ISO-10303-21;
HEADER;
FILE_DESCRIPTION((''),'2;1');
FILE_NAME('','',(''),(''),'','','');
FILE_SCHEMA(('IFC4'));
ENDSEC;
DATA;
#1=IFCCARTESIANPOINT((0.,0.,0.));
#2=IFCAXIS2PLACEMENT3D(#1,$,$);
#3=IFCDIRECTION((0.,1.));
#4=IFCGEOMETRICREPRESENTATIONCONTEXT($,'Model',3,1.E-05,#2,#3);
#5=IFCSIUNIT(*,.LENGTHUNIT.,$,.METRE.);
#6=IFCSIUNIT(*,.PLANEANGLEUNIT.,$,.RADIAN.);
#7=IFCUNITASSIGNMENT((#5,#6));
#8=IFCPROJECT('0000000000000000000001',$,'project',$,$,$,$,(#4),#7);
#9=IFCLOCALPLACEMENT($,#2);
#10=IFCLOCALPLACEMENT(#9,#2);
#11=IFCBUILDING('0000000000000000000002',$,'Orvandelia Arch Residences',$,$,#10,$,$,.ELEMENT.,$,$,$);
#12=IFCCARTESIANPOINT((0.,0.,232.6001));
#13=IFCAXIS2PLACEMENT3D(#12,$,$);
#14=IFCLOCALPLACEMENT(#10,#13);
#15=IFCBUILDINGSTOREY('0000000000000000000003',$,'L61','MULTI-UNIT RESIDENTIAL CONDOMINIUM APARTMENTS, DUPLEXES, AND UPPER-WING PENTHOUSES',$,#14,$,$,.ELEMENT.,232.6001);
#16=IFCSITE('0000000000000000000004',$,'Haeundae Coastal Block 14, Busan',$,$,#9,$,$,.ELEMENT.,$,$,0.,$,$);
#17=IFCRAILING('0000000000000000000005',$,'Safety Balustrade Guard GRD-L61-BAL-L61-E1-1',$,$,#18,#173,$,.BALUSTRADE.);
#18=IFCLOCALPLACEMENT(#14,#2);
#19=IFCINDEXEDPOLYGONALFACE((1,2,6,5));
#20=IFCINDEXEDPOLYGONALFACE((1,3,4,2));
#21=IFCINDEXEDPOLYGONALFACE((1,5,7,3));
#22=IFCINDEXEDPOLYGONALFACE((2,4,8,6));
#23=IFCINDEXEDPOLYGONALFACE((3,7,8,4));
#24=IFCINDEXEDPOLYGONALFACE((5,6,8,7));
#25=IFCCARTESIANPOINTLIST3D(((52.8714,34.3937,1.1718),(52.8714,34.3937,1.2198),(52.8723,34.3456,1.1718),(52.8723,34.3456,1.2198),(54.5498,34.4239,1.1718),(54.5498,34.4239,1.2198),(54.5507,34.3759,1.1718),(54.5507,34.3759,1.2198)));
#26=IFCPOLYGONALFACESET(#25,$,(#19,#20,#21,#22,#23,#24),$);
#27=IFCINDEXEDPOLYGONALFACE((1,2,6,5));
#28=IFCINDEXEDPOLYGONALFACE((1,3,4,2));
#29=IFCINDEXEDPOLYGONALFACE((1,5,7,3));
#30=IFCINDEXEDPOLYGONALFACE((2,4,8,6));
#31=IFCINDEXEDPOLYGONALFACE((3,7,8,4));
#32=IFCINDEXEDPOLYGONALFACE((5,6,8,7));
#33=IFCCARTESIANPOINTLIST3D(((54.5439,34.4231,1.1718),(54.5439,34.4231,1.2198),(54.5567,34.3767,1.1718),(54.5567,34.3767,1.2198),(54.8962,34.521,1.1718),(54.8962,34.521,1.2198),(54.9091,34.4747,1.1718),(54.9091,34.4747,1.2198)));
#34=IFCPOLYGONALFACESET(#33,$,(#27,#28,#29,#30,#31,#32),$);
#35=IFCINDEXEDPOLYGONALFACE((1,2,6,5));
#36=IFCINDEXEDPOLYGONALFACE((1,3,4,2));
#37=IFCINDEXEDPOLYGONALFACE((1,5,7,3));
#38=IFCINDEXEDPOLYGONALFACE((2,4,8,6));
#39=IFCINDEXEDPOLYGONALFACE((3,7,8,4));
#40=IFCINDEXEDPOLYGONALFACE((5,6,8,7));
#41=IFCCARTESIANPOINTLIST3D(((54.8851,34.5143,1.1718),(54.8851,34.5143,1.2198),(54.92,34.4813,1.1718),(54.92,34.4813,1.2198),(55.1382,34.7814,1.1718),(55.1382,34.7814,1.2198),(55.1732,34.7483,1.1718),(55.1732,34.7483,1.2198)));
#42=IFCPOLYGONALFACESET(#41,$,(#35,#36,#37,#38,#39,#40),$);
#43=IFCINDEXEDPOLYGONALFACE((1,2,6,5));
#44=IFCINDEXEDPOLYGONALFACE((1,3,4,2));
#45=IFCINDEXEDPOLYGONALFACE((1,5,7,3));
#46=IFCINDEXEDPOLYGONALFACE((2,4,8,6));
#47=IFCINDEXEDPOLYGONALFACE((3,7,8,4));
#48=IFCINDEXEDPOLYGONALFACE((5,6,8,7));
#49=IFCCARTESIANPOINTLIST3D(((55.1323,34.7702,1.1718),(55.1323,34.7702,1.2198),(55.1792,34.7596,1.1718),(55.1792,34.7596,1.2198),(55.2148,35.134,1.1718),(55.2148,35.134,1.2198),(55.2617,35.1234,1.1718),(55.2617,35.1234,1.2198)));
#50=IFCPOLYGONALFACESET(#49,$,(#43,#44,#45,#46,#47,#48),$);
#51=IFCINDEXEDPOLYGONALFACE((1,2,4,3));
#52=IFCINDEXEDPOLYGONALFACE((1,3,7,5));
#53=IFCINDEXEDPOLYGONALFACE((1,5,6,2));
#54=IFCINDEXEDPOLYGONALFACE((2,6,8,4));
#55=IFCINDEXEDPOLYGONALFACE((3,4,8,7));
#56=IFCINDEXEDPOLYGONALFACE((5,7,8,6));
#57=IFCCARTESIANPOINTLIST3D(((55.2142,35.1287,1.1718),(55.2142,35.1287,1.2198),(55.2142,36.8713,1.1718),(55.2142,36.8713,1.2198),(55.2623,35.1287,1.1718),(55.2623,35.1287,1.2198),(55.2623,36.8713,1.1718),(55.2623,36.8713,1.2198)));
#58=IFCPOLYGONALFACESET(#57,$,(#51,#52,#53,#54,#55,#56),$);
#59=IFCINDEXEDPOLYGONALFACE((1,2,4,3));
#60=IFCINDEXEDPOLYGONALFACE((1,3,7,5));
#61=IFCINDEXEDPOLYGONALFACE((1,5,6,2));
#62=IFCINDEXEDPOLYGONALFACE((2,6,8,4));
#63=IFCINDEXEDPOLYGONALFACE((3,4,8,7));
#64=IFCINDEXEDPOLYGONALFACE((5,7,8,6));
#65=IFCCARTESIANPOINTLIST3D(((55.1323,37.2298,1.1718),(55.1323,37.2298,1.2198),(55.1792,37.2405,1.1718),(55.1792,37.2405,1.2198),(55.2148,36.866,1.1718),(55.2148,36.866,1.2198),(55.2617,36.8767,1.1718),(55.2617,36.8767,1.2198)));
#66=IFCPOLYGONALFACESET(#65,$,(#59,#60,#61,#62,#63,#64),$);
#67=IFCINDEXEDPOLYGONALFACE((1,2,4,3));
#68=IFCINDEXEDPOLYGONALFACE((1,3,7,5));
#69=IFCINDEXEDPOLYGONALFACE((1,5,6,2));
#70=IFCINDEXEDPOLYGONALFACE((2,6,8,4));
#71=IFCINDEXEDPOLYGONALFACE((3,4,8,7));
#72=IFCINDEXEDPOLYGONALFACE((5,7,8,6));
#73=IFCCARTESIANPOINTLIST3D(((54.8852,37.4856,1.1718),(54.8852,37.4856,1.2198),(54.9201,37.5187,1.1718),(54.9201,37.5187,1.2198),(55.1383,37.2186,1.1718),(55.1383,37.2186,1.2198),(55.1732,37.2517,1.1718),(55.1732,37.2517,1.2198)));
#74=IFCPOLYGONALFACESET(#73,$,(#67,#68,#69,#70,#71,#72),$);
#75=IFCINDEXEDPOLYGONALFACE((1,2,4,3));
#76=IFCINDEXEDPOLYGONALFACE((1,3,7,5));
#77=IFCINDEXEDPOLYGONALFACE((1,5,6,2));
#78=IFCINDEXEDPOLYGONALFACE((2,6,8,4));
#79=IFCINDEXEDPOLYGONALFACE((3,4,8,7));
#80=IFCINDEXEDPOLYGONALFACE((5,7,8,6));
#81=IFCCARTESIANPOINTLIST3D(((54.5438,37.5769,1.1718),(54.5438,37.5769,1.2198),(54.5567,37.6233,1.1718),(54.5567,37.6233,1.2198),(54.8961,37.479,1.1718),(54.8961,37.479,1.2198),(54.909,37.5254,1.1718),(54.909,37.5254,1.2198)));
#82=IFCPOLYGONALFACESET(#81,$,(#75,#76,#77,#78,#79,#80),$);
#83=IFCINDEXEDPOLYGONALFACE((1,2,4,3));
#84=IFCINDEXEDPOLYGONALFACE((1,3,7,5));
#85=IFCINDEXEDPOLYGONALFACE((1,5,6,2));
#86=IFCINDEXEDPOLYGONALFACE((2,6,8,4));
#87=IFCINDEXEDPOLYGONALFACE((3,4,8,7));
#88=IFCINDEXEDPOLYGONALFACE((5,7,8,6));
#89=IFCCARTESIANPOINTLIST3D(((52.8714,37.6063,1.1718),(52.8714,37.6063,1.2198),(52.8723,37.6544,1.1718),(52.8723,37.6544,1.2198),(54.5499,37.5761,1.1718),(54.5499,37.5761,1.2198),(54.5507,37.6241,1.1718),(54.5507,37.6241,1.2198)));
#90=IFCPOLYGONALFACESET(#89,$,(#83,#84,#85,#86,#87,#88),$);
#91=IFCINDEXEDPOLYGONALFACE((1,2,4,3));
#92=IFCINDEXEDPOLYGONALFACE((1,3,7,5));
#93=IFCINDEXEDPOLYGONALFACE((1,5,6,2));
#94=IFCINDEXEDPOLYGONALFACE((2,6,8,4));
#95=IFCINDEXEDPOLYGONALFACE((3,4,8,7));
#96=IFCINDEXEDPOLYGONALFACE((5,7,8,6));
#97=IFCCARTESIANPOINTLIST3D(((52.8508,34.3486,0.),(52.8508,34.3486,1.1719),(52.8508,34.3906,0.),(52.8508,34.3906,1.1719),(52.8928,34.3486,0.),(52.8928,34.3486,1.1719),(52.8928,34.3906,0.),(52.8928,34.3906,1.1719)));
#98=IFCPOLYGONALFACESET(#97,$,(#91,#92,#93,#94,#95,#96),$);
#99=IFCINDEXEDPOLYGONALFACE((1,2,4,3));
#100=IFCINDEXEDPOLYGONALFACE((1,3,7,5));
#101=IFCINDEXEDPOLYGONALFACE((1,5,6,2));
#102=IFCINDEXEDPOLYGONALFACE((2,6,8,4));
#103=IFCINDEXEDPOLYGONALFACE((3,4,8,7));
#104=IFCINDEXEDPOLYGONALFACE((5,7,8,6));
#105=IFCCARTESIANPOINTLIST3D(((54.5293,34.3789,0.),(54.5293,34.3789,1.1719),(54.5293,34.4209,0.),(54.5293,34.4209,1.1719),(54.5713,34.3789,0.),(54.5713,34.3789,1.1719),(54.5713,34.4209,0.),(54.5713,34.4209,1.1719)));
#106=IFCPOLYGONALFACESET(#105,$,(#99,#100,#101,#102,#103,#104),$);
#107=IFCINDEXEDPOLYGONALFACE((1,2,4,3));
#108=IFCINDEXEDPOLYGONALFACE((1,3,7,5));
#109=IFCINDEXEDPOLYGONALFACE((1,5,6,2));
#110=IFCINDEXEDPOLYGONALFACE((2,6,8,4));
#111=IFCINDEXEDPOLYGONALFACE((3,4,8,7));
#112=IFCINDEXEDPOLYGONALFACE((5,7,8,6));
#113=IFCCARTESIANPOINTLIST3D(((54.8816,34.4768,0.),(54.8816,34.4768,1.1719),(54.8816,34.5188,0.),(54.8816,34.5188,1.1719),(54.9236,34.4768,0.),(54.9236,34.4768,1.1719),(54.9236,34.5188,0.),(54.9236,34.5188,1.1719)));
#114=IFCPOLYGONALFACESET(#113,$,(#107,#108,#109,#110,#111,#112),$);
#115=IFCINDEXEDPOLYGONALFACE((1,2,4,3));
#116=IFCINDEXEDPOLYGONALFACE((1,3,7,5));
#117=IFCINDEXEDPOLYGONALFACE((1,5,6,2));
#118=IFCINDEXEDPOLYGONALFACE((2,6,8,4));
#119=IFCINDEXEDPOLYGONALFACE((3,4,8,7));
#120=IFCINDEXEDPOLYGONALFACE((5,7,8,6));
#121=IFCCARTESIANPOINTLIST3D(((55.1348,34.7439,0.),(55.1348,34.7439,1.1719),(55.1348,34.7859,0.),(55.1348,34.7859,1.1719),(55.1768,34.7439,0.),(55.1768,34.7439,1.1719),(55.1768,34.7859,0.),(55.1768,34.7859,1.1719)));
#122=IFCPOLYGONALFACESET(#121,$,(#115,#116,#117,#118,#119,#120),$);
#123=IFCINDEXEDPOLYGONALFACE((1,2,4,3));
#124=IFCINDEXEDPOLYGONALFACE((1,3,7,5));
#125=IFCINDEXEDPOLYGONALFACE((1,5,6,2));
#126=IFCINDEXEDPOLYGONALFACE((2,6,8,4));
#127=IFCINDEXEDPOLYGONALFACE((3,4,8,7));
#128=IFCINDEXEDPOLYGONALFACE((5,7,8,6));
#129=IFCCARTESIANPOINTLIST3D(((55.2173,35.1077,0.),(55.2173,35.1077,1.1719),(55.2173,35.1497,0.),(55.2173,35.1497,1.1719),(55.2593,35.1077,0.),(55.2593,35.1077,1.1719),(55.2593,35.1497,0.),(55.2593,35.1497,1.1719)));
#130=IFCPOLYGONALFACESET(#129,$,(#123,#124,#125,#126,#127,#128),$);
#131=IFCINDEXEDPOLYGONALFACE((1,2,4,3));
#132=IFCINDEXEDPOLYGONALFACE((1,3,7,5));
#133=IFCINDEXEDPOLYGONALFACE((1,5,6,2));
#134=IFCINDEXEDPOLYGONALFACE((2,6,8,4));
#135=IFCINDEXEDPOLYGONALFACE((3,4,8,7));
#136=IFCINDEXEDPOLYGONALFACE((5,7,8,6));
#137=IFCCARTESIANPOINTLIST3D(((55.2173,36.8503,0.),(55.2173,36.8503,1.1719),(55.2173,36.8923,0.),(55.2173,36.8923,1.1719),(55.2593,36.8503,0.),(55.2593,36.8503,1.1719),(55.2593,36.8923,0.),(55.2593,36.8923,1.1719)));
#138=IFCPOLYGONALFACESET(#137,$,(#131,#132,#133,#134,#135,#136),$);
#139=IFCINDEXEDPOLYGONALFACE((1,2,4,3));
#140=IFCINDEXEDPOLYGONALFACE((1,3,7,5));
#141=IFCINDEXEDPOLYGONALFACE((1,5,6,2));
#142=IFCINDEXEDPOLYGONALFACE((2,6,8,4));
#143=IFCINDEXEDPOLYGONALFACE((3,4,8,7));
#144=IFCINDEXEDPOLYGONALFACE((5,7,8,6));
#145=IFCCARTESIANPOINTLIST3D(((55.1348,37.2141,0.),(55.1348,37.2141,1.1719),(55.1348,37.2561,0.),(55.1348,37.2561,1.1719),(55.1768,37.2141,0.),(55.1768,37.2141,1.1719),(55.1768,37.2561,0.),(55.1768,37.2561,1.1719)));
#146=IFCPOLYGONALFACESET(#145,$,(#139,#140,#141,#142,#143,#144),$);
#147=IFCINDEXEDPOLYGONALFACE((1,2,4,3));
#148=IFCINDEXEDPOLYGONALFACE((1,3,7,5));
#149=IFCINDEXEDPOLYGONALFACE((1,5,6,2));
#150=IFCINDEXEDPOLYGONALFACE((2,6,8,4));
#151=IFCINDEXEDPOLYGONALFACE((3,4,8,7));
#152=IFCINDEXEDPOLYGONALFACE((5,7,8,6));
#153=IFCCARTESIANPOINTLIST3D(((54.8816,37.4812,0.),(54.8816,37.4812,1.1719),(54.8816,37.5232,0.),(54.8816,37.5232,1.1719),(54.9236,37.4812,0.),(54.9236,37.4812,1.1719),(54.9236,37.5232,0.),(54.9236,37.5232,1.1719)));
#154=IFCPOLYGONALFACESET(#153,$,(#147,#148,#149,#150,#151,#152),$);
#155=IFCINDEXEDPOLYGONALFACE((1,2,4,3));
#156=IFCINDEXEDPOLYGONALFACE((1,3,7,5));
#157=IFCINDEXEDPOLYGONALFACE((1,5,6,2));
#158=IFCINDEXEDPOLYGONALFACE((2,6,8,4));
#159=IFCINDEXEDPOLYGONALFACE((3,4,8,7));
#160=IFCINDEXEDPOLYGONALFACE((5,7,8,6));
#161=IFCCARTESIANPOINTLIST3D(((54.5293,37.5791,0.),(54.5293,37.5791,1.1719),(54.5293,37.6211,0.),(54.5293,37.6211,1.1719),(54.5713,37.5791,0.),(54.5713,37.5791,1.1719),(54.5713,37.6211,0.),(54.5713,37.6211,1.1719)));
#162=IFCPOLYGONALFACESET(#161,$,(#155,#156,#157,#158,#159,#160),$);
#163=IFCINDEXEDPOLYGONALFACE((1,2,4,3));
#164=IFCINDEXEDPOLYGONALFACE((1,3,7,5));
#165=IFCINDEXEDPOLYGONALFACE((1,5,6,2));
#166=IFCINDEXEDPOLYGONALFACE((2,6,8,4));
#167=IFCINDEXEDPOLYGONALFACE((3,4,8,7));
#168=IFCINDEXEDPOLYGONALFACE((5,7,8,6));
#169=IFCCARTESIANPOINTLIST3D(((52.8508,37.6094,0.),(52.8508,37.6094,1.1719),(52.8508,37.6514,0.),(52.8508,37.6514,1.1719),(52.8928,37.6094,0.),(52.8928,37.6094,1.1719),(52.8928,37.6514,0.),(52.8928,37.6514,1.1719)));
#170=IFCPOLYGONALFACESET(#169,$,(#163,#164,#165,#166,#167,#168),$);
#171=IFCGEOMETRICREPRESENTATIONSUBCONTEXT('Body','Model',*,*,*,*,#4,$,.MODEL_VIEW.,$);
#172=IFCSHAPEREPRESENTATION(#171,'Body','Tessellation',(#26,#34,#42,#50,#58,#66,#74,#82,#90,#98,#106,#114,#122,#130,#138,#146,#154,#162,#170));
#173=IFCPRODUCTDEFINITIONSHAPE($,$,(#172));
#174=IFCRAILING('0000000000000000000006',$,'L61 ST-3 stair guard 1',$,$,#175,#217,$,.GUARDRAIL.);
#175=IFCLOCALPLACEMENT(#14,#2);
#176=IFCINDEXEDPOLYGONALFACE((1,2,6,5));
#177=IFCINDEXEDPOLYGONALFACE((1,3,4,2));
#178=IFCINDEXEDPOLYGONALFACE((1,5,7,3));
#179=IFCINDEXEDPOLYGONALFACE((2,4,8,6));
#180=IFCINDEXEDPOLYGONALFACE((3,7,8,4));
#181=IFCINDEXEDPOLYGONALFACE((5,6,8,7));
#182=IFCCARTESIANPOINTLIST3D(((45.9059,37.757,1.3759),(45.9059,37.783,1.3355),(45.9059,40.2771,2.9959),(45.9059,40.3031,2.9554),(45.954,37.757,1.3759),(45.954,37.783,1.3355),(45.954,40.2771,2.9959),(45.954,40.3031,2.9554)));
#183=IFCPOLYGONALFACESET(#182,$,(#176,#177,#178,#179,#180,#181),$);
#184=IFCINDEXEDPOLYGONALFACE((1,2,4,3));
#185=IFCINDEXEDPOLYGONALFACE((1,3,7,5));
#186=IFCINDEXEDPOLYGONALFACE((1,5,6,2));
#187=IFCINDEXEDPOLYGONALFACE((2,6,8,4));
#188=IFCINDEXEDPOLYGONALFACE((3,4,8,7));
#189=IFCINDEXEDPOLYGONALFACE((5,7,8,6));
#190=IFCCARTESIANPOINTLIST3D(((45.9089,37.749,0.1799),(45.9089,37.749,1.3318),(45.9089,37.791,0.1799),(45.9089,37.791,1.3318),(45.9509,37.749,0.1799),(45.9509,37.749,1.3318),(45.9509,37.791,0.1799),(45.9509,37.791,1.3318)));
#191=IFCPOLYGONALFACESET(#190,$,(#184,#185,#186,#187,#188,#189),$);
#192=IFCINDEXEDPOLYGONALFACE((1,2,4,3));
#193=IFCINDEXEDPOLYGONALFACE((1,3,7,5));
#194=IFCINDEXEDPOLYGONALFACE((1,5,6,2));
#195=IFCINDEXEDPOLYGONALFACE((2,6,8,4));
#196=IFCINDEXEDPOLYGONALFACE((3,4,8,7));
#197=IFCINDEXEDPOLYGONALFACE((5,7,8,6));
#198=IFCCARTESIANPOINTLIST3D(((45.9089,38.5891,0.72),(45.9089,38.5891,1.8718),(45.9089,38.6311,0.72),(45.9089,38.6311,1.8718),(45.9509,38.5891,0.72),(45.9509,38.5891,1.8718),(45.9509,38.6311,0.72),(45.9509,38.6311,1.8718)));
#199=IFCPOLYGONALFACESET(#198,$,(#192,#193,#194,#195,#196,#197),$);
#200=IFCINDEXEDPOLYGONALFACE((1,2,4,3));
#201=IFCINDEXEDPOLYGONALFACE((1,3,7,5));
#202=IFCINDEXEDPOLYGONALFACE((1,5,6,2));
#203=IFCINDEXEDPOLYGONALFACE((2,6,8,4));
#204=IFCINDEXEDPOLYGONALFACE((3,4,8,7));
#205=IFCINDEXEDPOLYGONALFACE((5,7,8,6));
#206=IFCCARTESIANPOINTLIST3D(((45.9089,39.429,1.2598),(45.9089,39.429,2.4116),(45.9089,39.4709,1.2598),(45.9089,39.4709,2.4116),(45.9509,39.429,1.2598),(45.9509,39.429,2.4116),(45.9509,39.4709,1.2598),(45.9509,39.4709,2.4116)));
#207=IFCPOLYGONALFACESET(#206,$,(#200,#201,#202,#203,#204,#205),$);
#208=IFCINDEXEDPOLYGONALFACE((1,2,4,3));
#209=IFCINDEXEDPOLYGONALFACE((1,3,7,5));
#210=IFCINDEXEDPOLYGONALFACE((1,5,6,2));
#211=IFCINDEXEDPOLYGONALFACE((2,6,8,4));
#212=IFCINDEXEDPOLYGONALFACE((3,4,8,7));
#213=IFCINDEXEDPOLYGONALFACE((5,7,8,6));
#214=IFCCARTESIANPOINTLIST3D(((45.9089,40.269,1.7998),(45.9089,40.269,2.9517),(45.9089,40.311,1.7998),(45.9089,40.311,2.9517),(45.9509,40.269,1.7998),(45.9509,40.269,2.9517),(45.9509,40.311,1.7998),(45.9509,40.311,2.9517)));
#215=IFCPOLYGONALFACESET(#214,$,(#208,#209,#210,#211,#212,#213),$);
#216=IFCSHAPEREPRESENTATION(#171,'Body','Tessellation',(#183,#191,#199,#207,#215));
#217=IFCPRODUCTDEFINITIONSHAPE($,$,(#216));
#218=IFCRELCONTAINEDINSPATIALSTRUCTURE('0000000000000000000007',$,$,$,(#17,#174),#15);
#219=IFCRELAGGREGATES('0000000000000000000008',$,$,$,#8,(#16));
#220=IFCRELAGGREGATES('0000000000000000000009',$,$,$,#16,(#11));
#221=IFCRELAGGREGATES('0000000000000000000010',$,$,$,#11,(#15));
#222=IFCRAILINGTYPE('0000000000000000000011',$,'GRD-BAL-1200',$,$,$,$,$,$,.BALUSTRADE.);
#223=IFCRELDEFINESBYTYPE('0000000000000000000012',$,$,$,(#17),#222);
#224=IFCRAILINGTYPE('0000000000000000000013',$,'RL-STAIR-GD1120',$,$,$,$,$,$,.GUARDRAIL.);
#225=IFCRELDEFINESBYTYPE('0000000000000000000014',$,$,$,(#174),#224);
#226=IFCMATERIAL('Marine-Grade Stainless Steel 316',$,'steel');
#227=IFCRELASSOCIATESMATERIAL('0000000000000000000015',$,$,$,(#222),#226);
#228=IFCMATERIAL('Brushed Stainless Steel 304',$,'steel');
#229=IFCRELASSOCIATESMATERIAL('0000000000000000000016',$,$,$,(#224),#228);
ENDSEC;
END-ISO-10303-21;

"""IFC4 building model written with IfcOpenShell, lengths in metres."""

from ifc_helpers import new_model, si_unit, direction, frame, origin, origin_2d, place, context, subcontext, project, spatial, rectangle, extrude, material, type_object, element, save


model = new_model("IFC4")

# Units and contexts
model_context = context("Model", 3, precision=1e-05, world=origin(), true_north=direction((0.0, 1.0)))
body_context = subcontext(model_context, "Body", "Model", "MODEL_VIEW")
ifc_project = project(units=[si_unit("LENGTHUNIT", "METRE"), si_unit("PLANEANGLEUNIT", "RADIAN")], contexts=[model_context])

# Site, building, storey
site_placement = place(None, origin())
site = spatial("IfcSite", under=ifc_project, at=site_placement, Name="Haeundae Coastal Block 14, Busan", CompositionType="ELEMENT", RefElevation=0.0)
building_placement = place(site_placement, origin())
building = spatial("IfcBuilding", under=site, at=building_placement, Name="Orvandelia Arch Residences", CompositionType="ELEMENT")
storey_placement = place(building_placement, frame((0.0, 0.0, 232.6001)))
storey = spatial("IfcBuildingStorey", under=building, at=storey_placement, Name="L61", Description="MULTI-UNIT RESIDENTIAL CONDOMINIUM APARTMENTS, DUPLEXES, AND UPPER-WING PENTHOUSES", CompositionType="ELEMENT", Elevation=232.6001)

# Railings
ifc_material_1 = material(Name="Marine-Grade Stainless Steel 316", Category="steel")
railing_type_1 = type_object("IfcRailingType", Name="GRD-BAL-1200", PredefinedType="BALUSTRADE", material=ifc_material_1)
railing_1_placement = place(storey_placement, frame((52.8718, 34.3696, 0.0)))
element("IfcRailing", 1, at=railing_1_placement, inside=storey, type_object=railing_type_1, Name="Safety Balustrade Guard GRD-L61-BAL-L61-E1-1", PredefinedType="BALUSTRADE", context=body_context, shape_type="SweptSolid", body=[
    extrude(rectangle(XDim=0.0481, YDim=0.0481, at=origin_2d()), frame((0.0, 0.0, 1.1958), z_axis=(0.999837, 0.018033, 0.0), x_axis=(-0.018033, 0.999837, 0.0)), (0.0, 0.0, 1.0), 1.6787),
    extrude(rectangle(XDim=0.0481, YDim=0.0481, at=origin_2d()), frame((1.6785, 0.0303, 1.1958), z_axis=(0.963489, 0.267747, 0.0), x_axis=(-0.267747, 0.963489, 0.0)), (0.0, 0.0, 1.0), 0.3657),
    extrude(rectangle(XDim=0.0481, YDim=0.0481, at=origin_2d()), frame((2.0308, 0.1282, 1.1958), z_axis=(0.687947, 0.725761, 0.0), x_axis=(-0.725761, 0.687947, 0.0)), (0.0, 0.0, 1.0), 0.3679),
    extrude(rectangle(XDim=0.0481, YDim=0.0481, at=origin_2d()), frame((2.2839, 0.3953, 1.1958), z_axis=(0.221225, 0.975223, 0.0), x_axis=(-0.975223, 0.221225, 0.0)), (0.0, 0.0, 1.0), 0.373),
    extrude(rectangle(XDim=0.0481, YDim=0.0481, at=origin_2d()), frame((2.3665, 0.759, 1.1958), z_axis=(0.0, 1.0, 0.0), x_axis=(-1.0, 0.0, 0.0)), (0.0, 0.0, 1.0), 1.7427),
    extrude(rectangle(XDim=0.0481, YDim=0.0481, at=origin_2d()), frame((2.3665, 2.5017, 1.1958), z_axis=(-0.221225, 0.975223, 0.0), x_axis=(-0.975223, -0.221225, 0.0)), (0.0, 0.0, 1.0), 0.373),
    extrude(rectangle(XDim=0.0481, YDim=0.0481, at=origin_2d()), frame((2.2839, 2.8655, 1.1958), z_axis=(-0.687947, 0.725761, 0.0), x_axis=(-0.725761, -0.687947, 0.0)), (0.0, 0.0, 1.0), 0.3679),
    extrude(rectangle(XDim=0.0481, YDim=0.0481, at=origin_2d()), frame((2.0308, 3.1326, 1.1958), z_axis=(-0.963489, 0.267747, 0.0), x_axis=(-0.267747, -0.963489, 0.0)), (0.0, 0.0, 1.0), 0.3657),
    extrude(rectangle(XDim=0.0481, YDim=0.0481, at=origin_2d()), frame((1.6785, 3.2305, 1.1958), z_axis=(-0.999837, 0.018033, 0.0), x_axis=(-0.018033, -0.999837, 0.0)), (0.0, 0.0, 1.0), 1.6787),
    extrude(rectangle(XDim=0.042, YDim=0.042, at=origin_2d()), origin(), (0.0, 0.0, 1.0), 1.1719),
    extrude(rectangle(XDim=0.042, YDim=0.042, at=origin_2d()), frame((1.6785, 0.0303, 0.0)), (0.0, 0.0, 1.0), 1.1719),
    extrude(rectangle(XDim=0.042, YDim=0.042, at=origin_2d()), frame((2.0308, 0.1282, 0.0)), (0.0, 0.0, 1.0), 1.1719),
    extrude(rectangle(XDim=0.042, YDim=0.042, at=origin_2d()), frame((2.2839, 0.3953, 0.0)), (0.0, 0.0, 1.0), 1.1719),
    extrude(rectangle(XDim=0.042, YDim=0.042, at=origin_2d()), frame((2.3665, 0.759, 0.0)), (0.0, 0.0, 1.0), 1.1719),
    extrude(rectangle(XDim=0.042, YDim=0.042, at=origin_2d()), frame((2.3665, 2.5017, 0.0)), (0.0, 0.0, 1.0), 1.1719),
    extrude(rectangle(XDim=0.042, YDim=0.042, at=origin_2d()), frame((2.2839, 2.8655, 0.0)), (0.0, 0.0, 1.0), 1.1719),
    extrude(rectangle(XDim=0.042, YDim=0.042, at=origin_2d()), frame((2.0308, 3.1326, 0.0)), (0.0, 0.0, 1.0), 1.1719),
    extrude(rectangle(XDim=0.042, YDim=0.042, at=origin_2d()), frame((1.6785, 3.2305, 0.0)), (0.0, 0.0, 1.0), 1.1719),
    extrude(rectangle(XDim=0.042, YDim=0.042, at=origin_2d()), frame((0.0, 3.2607, 0.0)), (0.0, 0.0, 1.0), 1.1719),
])
ifc_material_2 = material(Name="Brushed Stainless Steel 304", Category="steel")
railing_type_2 = type_object("IfcRailingType", Name="RL-STAIR-GD1120", PredefinedType="GUARDRAIL", material=ifc_material_2)
railing_2_placement = place(storey_placement, frame((45.9299, 37.77, 0.1799)))
element("IfcRailing", 2, at=railing_2_placement, inside=storey, type_object=railing_type_2, Name="L61 ST-3 stair guard 1", PredefinedType="GUARDRAIL", context=body_context, shape_type="SweptSolid", body=[
    extrude(rectangle(XDim=0.0481, YDim=0.0481, at=origin_2d()), frame((0.0, 0.0, 1.1758), z_axis=(0.0, 0.8412, 0.540725), x_axis=(-1.0, 0.0, 0.0)), (0.0, 0.0, 1.0), 2.9958),
    extrude(rectangle(XDim=0.042, YDim=0.042, at=origin_2d()), origin(), (0.0, 0.0, 1.0), 1.1519),
    extrude(rectangle(XDim=0.042, YDim=0.042, at=origin_2d()), frame((0.0, 0.8401, 0.54)), (0.0, 0.0, 1.0), 1.1519),
    extrude(rectangle(XDim=0.042, YDim=0.042, at=origin_2d()), frame((0.0, 1.6799, 1.0798)), (0.0, 0.0, 1.0), 1.1519),
    extrude(rectangle(XDim=0.042, YDim=0.042, at=origin_2d()), frame((0.0, 2.52, 1.6199)), (0.0, 0.0, 1.0), 1.1519),
])

save(model, "model.ifc")
